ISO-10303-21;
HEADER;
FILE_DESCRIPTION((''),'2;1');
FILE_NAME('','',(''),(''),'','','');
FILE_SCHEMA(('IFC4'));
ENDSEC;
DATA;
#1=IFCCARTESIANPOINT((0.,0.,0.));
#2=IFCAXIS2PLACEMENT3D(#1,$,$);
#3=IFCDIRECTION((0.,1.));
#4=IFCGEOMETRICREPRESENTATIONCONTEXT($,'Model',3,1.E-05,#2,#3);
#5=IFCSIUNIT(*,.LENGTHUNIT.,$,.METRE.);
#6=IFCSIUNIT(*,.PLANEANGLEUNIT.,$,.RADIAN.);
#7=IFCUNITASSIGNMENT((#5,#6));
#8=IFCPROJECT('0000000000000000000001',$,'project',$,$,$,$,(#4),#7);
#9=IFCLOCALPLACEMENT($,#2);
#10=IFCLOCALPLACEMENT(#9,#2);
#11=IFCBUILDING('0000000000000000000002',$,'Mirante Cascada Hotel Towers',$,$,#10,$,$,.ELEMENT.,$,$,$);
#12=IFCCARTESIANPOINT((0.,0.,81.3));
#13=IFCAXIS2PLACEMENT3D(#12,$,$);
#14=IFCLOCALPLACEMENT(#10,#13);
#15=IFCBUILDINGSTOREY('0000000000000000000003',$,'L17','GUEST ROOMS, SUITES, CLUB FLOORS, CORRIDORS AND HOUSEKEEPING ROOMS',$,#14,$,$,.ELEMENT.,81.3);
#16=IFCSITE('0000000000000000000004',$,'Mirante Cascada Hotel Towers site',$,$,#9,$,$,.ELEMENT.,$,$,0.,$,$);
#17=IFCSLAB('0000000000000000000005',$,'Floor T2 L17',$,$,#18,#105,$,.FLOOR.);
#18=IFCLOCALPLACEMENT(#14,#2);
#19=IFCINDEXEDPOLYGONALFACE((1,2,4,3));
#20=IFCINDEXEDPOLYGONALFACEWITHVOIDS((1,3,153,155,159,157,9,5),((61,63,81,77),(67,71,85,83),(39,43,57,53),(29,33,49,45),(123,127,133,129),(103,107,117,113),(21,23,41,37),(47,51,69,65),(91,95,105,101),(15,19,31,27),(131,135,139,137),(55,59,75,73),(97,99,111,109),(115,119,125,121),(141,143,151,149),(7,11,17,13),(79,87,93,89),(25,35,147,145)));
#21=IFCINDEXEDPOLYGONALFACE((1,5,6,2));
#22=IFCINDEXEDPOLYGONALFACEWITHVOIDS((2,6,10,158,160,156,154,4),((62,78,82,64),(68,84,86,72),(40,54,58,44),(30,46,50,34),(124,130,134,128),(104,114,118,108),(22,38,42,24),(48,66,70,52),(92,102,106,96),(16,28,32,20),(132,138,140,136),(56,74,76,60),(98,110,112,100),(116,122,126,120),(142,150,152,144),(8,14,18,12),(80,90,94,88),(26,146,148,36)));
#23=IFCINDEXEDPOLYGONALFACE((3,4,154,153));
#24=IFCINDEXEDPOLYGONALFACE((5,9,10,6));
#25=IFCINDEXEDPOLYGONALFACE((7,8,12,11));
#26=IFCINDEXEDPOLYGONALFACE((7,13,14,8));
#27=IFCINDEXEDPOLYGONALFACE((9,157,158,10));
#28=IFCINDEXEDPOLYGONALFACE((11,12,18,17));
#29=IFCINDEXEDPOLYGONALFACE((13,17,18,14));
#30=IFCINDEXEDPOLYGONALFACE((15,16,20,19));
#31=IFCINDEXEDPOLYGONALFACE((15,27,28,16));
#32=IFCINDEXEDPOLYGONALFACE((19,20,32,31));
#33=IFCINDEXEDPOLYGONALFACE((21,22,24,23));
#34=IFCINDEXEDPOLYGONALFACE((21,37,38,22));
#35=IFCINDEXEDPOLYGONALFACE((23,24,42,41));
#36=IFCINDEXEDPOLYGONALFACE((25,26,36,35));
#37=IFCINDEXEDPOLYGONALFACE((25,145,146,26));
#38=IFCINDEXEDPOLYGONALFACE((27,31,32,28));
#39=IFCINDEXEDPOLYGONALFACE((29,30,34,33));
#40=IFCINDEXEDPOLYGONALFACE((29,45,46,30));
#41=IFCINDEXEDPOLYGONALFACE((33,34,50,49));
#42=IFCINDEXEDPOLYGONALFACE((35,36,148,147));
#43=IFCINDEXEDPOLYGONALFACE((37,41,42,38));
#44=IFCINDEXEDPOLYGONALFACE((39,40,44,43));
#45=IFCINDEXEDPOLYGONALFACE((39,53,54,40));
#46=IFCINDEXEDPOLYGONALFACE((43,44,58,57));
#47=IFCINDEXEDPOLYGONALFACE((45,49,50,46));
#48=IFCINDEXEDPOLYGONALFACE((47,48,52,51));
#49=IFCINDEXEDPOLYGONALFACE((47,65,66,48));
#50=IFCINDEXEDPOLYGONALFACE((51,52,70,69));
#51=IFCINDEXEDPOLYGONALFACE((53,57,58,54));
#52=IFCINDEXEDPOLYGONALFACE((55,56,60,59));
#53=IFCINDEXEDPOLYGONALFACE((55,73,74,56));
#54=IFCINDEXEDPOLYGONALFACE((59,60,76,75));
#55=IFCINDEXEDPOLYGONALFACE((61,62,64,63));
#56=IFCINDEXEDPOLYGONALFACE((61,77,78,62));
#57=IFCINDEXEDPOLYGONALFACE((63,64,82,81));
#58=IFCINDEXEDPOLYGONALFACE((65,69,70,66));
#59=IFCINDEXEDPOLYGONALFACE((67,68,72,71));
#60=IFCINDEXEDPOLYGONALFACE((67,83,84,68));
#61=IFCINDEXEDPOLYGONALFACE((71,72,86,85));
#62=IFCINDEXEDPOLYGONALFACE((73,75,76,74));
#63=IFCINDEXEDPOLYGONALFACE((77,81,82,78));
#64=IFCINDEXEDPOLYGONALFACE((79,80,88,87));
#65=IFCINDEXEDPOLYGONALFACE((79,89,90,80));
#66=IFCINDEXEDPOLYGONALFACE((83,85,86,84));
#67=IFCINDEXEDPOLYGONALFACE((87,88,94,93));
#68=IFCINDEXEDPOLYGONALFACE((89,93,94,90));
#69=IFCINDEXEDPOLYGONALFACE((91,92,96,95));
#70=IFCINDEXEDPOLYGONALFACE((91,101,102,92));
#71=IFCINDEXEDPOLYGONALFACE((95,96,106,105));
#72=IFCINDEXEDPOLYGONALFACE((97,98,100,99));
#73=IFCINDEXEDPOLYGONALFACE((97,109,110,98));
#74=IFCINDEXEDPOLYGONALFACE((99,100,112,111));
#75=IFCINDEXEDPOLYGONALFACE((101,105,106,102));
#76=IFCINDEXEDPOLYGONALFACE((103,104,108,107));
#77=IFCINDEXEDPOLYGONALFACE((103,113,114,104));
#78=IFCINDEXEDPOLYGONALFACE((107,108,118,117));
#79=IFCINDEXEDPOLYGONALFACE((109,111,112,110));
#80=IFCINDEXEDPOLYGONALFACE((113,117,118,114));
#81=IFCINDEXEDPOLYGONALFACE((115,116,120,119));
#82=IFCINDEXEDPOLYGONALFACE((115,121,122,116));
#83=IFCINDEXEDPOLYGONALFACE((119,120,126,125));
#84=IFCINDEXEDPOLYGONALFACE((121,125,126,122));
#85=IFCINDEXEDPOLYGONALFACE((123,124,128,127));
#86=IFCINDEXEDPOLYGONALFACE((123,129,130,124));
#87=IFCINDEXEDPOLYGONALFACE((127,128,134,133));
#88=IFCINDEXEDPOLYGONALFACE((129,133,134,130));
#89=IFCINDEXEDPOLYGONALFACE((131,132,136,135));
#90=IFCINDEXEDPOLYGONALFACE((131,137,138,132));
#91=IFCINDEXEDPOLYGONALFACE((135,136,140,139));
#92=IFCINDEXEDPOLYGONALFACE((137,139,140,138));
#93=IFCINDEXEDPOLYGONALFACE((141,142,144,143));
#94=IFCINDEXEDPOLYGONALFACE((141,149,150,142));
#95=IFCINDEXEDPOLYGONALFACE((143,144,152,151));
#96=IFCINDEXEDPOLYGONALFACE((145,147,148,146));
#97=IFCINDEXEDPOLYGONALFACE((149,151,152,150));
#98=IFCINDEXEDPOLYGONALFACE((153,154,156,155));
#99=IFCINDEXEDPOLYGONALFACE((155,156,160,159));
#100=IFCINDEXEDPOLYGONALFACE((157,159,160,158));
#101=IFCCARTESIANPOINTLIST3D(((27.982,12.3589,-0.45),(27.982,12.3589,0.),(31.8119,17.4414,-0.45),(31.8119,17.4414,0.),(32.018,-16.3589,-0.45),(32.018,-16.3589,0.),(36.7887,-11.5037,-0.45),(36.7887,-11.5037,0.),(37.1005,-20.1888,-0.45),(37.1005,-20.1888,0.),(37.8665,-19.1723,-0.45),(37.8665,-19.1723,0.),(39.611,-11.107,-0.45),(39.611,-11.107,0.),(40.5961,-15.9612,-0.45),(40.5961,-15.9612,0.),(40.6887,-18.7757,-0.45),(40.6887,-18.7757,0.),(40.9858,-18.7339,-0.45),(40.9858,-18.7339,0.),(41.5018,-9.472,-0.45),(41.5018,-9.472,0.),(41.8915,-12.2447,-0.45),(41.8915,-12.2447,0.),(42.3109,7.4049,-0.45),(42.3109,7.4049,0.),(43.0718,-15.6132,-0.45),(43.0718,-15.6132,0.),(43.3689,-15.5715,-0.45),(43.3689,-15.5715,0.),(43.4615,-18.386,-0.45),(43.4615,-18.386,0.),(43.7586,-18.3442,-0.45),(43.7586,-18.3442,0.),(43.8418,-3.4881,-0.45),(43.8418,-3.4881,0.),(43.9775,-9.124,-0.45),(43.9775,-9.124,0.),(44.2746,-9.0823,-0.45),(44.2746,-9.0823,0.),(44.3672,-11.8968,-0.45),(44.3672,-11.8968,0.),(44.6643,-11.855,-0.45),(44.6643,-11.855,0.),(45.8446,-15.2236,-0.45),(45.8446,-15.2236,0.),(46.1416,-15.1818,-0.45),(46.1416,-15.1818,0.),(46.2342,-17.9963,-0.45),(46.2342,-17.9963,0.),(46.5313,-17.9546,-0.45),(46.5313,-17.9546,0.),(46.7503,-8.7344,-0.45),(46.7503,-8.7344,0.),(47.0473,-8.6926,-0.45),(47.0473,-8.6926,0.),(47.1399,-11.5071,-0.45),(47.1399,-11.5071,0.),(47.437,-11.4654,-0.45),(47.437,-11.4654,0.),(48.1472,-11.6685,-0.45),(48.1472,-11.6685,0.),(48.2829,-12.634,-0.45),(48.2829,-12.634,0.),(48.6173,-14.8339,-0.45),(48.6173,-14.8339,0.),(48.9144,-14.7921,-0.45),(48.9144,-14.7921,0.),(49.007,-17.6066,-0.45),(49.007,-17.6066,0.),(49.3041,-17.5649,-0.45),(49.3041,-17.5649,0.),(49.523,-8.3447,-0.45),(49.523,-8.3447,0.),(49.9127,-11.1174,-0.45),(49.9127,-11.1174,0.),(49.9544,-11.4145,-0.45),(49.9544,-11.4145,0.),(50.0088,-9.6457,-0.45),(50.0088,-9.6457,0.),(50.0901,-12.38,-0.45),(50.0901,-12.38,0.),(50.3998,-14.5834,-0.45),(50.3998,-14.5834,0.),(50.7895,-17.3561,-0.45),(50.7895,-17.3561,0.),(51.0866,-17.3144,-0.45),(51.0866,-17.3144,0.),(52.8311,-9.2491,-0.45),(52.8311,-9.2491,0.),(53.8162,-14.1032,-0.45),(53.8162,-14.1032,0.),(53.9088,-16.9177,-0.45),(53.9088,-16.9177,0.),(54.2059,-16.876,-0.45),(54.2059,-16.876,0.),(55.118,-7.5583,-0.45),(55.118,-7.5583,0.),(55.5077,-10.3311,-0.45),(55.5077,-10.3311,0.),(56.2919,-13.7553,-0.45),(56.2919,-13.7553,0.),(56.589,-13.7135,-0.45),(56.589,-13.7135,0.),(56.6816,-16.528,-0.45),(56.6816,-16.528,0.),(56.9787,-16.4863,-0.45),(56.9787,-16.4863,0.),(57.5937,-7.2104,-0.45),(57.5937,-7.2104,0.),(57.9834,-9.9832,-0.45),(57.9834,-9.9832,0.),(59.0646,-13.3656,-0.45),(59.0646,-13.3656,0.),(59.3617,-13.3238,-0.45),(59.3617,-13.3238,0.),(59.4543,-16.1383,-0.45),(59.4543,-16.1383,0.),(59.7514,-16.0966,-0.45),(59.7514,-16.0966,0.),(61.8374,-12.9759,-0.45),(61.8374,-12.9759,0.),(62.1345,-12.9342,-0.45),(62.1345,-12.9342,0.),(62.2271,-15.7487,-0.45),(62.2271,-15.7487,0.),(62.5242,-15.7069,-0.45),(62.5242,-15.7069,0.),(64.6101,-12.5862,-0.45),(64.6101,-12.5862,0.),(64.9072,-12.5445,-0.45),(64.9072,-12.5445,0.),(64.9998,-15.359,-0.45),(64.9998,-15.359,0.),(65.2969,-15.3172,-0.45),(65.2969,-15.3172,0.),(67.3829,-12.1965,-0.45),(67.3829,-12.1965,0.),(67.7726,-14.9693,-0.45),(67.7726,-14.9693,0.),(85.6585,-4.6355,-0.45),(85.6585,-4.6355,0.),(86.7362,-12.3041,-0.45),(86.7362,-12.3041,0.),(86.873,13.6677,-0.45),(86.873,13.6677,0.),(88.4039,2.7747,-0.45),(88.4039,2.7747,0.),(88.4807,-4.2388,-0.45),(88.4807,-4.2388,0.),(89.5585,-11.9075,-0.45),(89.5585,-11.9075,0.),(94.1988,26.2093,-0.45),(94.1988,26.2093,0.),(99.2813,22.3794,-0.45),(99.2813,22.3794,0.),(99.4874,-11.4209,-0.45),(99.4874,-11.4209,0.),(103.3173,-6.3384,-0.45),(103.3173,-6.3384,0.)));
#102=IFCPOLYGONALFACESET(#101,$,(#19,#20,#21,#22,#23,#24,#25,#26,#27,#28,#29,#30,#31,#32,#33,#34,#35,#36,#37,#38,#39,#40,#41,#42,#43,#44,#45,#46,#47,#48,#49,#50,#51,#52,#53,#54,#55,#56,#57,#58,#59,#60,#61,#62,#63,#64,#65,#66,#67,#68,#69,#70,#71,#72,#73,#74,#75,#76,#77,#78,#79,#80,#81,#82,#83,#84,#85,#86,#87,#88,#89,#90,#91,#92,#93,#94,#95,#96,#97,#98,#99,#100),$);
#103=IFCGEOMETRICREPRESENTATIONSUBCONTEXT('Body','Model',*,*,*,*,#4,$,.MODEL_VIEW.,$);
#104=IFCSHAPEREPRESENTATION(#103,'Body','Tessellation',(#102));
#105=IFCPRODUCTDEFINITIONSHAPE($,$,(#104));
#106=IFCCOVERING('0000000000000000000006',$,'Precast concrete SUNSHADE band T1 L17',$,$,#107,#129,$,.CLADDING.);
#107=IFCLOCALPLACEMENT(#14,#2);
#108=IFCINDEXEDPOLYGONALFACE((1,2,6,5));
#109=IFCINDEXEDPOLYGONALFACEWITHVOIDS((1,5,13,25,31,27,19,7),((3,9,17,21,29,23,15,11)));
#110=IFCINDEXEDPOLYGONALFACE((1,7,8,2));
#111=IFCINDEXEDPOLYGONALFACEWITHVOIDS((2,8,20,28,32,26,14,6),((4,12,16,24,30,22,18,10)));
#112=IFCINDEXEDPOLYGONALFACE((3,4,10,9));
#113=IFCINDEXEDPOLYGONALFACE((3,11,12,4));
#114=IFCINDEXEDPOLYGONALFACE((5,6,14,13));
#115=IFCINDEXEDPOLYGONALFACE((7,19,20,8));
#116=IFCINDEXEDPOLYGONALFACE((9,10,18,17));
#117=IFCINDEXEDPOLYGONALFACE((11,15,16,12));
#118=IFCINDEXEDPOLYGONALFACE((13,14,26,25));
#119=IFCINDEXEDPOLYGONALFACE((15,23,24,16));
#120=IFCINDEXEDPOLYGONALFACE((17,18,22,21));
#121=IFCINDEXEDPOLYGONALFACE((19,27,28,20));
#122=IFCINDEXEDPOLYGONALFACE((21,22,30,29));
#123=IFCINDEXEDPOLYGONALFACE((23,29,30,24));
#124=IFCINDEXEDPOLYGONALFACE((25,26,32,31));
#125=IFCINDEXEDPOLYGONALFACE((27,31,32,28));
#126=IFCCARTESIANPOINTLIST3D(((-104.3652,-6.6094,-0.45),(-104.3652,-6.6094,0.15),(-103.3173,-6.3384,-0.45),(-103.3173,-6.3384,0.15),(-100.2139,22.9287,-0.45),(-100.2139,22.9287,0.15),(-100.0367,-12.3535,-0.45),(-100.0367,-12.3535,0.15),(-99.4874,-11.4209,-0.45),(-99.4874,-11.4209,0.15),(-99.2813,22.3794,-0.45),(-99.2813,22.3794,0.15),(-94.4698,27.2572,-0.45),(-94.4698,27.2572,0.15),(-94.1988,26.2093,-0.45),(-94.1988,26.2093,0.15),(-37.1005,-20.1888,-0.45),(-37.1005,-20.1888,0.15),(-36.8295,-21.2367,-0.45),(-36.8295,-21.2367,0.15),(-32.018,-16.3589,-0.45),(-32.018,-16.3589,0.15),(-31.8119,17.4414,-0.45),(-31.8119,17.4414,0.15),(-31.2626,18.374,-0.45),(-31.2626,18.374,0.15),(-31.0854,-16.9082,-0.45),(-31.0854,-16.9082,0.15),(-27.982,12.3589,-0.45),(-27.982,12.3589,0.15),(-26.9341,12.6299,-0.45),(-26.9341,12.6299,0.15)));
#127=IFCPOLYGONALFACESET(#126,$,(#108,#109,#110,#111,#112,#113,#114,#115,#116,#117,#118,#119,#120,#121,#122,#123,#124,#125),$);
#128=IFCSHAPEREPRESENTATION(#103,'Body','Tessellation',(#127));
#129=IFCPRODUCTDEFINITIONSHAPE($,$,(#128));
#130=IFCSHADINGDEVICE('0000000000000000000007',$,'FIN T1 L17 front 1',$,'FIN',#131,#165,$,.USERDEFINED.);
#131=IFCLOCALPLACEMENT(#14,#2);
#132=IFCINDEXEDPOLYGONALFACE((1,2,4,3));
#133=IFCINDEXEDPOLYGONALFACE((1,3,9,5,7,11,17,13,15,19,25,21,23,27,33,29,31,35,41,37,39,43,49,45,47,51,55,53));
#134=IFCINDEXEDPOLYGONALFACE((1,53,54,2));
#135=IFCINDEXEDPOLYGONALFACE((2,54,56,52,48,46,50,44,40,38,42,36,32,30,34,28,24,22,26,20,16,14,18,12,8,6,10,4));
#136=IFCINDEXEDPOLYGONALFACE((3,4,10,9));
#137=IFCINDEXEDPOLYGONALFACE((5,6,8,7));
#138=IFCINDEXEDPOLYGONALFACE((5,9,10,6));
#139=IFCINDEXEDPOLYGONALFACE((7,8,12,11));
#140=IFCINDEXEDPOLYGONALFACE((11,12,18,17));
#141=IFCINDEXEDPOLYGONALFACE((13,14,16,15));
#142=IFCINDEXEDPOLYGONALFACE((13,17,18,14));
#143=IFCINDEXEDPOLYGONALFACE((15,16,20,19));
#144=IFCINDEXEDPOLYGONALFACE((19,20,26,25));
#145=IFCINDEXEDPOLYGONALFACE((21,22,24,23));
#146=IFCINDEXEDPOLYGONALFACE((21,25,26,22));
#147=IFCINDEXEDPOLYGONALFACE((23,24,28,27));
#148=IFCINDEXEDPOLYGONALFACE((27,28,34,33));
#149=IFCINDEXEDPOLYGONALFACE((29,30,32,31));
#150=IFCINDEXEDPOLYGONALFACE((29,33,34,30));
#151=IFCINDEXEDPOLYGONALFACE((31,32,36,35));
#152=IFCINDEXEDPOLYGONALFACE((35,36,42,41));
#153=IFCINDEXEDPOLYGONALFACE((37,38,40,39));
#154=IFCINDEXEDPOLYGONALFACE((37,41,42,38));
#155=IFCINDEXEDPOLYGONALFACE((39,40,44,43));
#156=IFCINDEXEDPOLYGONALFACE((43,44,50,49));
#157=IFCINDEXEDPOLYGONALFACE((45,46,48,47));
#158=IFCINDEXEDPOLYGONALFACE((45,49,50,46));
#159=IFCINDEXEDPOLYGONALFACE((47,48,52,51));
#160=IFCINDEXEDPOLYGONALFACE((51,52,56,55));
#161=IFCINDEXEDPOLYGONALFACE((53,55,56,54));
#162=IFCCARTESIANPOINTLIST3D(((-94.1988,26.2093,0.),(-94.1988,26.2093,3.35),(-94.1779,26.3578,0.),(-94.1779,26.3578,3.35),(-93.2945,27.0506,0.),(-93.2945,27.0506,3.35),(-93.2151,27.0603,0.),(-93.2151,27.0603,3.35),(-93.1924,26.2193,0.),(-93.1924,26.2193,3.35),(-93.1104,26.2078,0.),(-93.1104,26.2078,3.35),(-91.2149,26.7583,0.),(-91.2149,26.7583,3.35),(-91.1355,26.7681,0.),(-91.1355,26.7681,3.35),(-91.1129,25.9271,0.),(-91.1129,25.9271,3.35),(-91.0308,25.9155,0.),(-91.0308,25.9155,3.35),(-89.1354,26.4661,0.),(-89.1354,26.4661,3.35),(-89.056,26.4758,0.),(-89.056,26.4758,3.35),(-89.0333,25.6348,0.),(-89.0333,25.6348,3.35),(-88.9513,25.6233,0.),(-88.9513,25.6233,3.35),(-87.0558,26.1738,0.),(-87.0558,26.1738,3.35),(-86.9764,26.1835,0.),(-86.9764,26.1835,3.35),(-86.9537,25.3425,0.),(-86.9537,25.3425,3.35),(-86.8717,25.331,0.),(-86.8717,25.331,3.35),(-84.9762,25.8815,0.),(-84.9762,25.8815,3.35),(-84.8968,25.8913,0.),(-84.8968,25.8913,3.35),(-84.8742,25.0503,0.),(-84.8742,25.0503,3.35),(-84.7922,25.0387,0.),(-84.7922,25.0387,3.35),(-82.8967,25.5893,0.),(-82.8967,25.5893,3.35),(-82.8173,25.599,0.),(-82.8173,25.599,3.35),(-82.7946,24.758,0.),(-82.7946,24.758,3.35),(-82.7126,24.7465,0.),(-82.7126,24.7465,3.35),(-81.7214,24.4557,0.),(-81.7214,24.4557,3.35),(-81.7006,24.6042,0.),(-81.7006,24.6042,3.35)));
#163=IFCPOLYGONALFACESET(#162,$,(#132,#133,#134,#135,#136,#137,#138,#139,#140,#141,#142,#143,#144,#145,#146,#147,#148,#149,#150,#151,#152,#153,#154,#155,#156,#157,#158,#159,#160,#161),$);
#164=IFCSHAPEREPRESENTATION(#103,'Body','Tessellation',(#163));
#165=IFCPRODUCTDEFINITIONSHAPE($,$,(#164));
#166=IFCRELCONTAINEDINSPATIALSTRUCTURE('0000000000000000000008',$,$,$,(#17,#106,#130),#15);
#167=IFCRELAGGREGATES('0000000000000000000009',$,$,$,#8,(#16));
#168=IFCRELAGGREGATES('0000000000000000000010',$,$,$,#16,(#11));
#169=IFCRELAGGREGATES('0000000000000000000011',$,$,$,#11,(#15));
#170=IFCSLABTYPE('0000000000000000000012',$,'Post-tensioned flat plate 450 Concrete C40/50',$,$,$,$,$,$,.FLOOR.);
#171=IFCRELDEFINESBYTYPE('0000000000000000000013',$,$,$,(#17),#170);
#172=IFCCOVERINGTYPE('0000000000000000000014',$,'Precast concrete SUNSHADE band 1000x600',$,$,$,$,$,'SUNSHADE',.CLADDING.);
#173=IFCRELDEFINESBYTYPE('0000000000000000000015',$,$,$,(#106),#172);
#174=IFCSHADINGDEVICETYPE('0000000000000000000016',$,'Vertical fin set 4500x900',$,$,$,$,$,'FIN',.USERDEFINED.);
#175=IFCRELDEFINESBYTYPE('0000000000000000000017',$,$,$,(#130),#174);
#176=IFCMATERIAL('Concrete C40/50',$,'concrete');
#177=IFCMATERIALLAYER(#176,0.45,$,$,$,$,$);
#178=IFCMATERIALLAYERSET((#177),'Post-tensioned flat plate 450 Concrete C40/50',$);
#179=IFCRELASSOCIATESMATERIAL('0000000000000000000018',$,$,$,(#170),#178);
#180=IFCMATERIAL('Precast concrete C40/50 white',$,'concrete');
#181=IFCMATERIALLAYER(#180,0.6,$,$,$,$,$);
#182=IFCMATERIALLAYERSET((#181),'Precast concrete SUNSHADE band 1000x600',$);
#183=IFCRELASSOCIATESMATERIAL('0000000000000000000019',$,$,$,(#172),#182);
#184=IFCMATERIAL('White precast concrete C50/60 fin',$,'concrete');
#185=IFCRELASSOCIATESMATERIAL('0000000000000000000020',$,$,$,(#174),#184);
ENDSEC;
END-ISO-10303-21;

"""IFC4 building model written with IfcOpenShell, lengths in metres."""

from ifc_helpers import new_model, si_unit, direction, frame, origin, place, context, subcontext, project, spatial, polyline, outline, extrude, material, layer, layer_set, type_object, element, save


model = new_model("IFC4")

# Units and contexts
model_context = context("Model", 3, precision=1e-05, world=origin(), true_north=direction((0.0, 1.0)))
body_context = subcontext(model_context, "Body", "Model", "MODEL_VIEW")
ifc_project = project(units=[si_unit("LENGTHUNIT", "METRE"), si_unit("PLANEANGLEUNIT", "RADIAN")], contexts=[model_context])

# Site, building, storey
site_placement = place(None, origin())
site = spatial("IfcSite", under=ifc_project, at=site_placement, Name="Mirante Cascada Hotel Towers site", CompositionType="ELEMENT", RefElevation=0.0)
building_placement = place(site_placement, origin())
building = spatial("IfcBuilding", under=site, at=building_placement, Name="Mirante Cascada Hotel Towers", CompositionType="ELEMENT")
storey_placement = place(building_placement, frame((0.0, 0.0, 81.3)))
storey = spatial("IfcBuildingStorey", under=building, at=storey_placement, Name="L17", Description="GUEST ROOMS, SUITES, CLUB FLOORS, CORRIDORS AND HOUSEKEEPING ROOMS", CompositionType="ELEMENT", Elevation=81.3)

# Slab
ifc_material_1 = material(Name="Concrete C40/50", Category="concrete")
ifc_layer_1 = layer(ifc_material_1, 0.45)
ifc_layer_set_1 = layer_set([ifc_layer_1], Name="Post-tensioned flat plate 450 Concrete C40/50")
slab_type = type_object("IfcSlabType", Name="Post-tensioned flat plate 450 Concrete C40/50", PredefinedType="FLOOR", material=ifc_layer_set_1)
slab_1_placement = place(storey_placement, frame((0.0, 0.0, -0.45)))
element("IfcSlab", 1, at=slab_1_placement, inside=storey, type_object=slab_type, Name="Floor T2 L17", PredefinedType="FLOOR", context=body_context, shape_type="SweptSolid", body=[
    extrude(outline(polyline([(32.018, -16.3589), (27.982, 12.3589), (31.8119, 17.4414), (94.1988, 26.2093), (99.2813, 22.3794), (103.3173, -6.3384), (99.4874, -11.4209), (37.1005, -20.1888), (32.018, -16.3589)]), holes=[polyline([(43.0718, -15.6132), (40.5961, -15.9612), (40.9858, -18.7339), (43.4615, -18.386), (43.0718, -15.6132)]), polyline([(45.8446, -15.2236), (43.3689, -15.5715), (43.7586, -18.3442), (46.2342, -17.9963), (45.8446, -15.2236)]), polyline([(48.6173, -14.8339), (46.1416, -15.1818), (46.5313, -17.9546), (49.007, -17.6066), (48.6173, -14.8339)]), polyline([(50.3998, -14.5834), (48.9144, -14.7921), (49.3041, -17.5649), (50.7895, -17.3561), (50.3998, -14.5834)]), polyline([(37.8665, -19.1723), (40.6887, -18.7757), (39.611, -11.107), (36.7887, -11.5037), (37.8665, -19.1723)]), polyline([(49.9544, -11.4145), (48.1472, -11.6685), (48.2829, -12.634), (50.0901, -12.38), (49.9544, -11.4145)]), polyline([(43.9775, -9.124), (41.5018, -9.472), (41.8915, -12.2447), (44.3672, -11.8968), (43.9775, -9.124)]), polyline([(47.1399, -11.5071), (46.7503, -8.7344), (44.2746, -9.0823), (44.6643, -11.855), (47.1399, -11.5071)]), polyline([(49.9127, -11.1174), (49.523, -8.3447), (47.0473, -8.6926), (47.437, -11.4654), (49.9127, -11.1174)]), polyline([(56.2919, -13.7553), (53.8162, -14.1032), (54.2059, -16.876), (56.6816, -16.528), (56.2919, -13.7553)]), polyline([(59.0646, -13.3656), (56.589, -13.7135), (56.9787, -16.4863), (59.4543, -16.1383), (59.0646, -13.3656)]), polyline([(61.8374, -12.9759), (59.3617, -13.3238), (59.7514, -16.0966), (62.2271, -15.7487), (61.8374, -12.9759)]), polyline([(64.6101, -12.5862), (62.1345, -12.9342), (62.5242, -15.7069), (64.9998, -15.359), (64.6101, -12.5862)]), polyline([(67.3829, -12.1965), (64.9072, -12.5445), (65.2969, -15.3172), (67.7726, -14.9693), (67.3829, -12.1965)]), polyline([(51.0866, -17.3144), (53.9088, -16.9177), (52.8311, -9.2491), (50.0088, -9.6457), (51.0866, -17.3144)]), polyline([(86.7362, -12.3041), (89.5585, -11.9075), (88.4807, -4.2388), (85.6585, -4.6355), (86.7362, -12.3041)]), polyline([(57.9834, -9.9832), (57.5937, -7.2104), (55.118, -7.5583), (55.5077, -10.3311), (57.9834, -9.9832)]), polyline([(88.4039, 2.7747), (86.873, 13.6677), (42.3109, 7.4049), (43.8418, -3.4881), (88.4039, 2.7747)])]), origin(), (0.0, 0.0, 1.0), 0.45),
])

# Covering
ifc_material_2 = material(Name="Precast concrete C40/50 white", Category="concrete")
ifc_layer_2 = layer(ifc_material_2, 0.6)
ifc_layer_set_2 = layer_set([ifc_layer_2], Name="Precast concrete SUNSHADE band 1000x600")
covering_type = type_object("IfcCoveringType", Name="Precast concrete SUNSHADE band 1000x600", ElementType="SUNSHADE", PredefinedType="CLADDING", material=ifc_layer_set_2)
covering_placement = place(storey_placement, frame((0.0, 0.0, -0.45)))
element("IfcCovering", 2, at=covering_placement, inside=storey, type_object=covering_type, Name="Precast concrete SUNSHADE band T1 L17", PredefinedType="CLADDING", context=body_context, shape_type="SweptSolid", body=[
    extrude(outline(polyline([(-104.3652, -6.6094), (-100.2139, 22.9287), (-94.4698, 27.2572), (-31.2626, 18.374), (-26.9341, 12.6299), (-31.0854, -16.9082), (-36.8295, -21.2367), (-100.0367, -12.3535), (-104.3652, -6.6094)]), holes=[polyline([(-27.982, 12.3589), (-31.8119, 17.4414), (-94.1988, 26.2093), (-99.2813, 22.3794), (-103.3173, -6.3384), (-99.4874, -11.4209), (-37.1005, -20.1888), (-32.018, -16.3589), (-27.982, 12.3589)])]), origin(), (0.0, 0.0, 1.0), 0.6),
])

# Shading device
ifc_material_3 = material(Name="White precast concrete C50/60 fin", Category="concrete")
shading_device_type = type_object("IfcShadingDeviceType", Name="Vertical fin set 4500x900", ElementType="FIN", PredefinedType="USERDEFINED", material=ifc_material_3)
shading_device_1_placement = place(storey_placement, origin())
element("IfcShadingDevice", 3, at=shading_device_1_placement, inside=storey, type_object=shading_device_type, Name="FIN T1 L17 front 1", ObjectType="FIN", PredefinedType="USERDEFINED", context=body_context, shape_type="SweptSolid", body=[
    extrude(outline(polyline([(-82.8173, 25.599), (-82.7126, 24.7465), (-81.7006, 24.6042), (-81.7214, 24.4557), (-94.1988, 26.2093), (-94.1779, 26.3578), (-93.1924, 26.2193), (-93.2945, 27.0506), (-93.2151, 27.0603), (-93.1104, 26.2078), (-91.1129, 25.9271), (-91.2149, 26.7583), (-91.1355, 26.7681), (-91.0308, 25.9155), (-89.0333, 25.6348), (-89.1354, 26.4661), (-89.056, 26.4758), (-88.9513, 25.6233), (-86.9537, 25.3425), (-87.0558, 26.1738), (-86.9764, 26.1835), (-86.8717, 25.331), (-84.8742, 25.0503), (-84.9762, 25.8815), (-84.8968, 25.8913), (-84.7922, 25.0387), (-82.7946, 24.758), (-82.8967, 25.5893), (-82.8173, 25.599)])), origin(), (0.0, 0.0, 1.0), 3.35),
])

save(model, "model.ifc")
